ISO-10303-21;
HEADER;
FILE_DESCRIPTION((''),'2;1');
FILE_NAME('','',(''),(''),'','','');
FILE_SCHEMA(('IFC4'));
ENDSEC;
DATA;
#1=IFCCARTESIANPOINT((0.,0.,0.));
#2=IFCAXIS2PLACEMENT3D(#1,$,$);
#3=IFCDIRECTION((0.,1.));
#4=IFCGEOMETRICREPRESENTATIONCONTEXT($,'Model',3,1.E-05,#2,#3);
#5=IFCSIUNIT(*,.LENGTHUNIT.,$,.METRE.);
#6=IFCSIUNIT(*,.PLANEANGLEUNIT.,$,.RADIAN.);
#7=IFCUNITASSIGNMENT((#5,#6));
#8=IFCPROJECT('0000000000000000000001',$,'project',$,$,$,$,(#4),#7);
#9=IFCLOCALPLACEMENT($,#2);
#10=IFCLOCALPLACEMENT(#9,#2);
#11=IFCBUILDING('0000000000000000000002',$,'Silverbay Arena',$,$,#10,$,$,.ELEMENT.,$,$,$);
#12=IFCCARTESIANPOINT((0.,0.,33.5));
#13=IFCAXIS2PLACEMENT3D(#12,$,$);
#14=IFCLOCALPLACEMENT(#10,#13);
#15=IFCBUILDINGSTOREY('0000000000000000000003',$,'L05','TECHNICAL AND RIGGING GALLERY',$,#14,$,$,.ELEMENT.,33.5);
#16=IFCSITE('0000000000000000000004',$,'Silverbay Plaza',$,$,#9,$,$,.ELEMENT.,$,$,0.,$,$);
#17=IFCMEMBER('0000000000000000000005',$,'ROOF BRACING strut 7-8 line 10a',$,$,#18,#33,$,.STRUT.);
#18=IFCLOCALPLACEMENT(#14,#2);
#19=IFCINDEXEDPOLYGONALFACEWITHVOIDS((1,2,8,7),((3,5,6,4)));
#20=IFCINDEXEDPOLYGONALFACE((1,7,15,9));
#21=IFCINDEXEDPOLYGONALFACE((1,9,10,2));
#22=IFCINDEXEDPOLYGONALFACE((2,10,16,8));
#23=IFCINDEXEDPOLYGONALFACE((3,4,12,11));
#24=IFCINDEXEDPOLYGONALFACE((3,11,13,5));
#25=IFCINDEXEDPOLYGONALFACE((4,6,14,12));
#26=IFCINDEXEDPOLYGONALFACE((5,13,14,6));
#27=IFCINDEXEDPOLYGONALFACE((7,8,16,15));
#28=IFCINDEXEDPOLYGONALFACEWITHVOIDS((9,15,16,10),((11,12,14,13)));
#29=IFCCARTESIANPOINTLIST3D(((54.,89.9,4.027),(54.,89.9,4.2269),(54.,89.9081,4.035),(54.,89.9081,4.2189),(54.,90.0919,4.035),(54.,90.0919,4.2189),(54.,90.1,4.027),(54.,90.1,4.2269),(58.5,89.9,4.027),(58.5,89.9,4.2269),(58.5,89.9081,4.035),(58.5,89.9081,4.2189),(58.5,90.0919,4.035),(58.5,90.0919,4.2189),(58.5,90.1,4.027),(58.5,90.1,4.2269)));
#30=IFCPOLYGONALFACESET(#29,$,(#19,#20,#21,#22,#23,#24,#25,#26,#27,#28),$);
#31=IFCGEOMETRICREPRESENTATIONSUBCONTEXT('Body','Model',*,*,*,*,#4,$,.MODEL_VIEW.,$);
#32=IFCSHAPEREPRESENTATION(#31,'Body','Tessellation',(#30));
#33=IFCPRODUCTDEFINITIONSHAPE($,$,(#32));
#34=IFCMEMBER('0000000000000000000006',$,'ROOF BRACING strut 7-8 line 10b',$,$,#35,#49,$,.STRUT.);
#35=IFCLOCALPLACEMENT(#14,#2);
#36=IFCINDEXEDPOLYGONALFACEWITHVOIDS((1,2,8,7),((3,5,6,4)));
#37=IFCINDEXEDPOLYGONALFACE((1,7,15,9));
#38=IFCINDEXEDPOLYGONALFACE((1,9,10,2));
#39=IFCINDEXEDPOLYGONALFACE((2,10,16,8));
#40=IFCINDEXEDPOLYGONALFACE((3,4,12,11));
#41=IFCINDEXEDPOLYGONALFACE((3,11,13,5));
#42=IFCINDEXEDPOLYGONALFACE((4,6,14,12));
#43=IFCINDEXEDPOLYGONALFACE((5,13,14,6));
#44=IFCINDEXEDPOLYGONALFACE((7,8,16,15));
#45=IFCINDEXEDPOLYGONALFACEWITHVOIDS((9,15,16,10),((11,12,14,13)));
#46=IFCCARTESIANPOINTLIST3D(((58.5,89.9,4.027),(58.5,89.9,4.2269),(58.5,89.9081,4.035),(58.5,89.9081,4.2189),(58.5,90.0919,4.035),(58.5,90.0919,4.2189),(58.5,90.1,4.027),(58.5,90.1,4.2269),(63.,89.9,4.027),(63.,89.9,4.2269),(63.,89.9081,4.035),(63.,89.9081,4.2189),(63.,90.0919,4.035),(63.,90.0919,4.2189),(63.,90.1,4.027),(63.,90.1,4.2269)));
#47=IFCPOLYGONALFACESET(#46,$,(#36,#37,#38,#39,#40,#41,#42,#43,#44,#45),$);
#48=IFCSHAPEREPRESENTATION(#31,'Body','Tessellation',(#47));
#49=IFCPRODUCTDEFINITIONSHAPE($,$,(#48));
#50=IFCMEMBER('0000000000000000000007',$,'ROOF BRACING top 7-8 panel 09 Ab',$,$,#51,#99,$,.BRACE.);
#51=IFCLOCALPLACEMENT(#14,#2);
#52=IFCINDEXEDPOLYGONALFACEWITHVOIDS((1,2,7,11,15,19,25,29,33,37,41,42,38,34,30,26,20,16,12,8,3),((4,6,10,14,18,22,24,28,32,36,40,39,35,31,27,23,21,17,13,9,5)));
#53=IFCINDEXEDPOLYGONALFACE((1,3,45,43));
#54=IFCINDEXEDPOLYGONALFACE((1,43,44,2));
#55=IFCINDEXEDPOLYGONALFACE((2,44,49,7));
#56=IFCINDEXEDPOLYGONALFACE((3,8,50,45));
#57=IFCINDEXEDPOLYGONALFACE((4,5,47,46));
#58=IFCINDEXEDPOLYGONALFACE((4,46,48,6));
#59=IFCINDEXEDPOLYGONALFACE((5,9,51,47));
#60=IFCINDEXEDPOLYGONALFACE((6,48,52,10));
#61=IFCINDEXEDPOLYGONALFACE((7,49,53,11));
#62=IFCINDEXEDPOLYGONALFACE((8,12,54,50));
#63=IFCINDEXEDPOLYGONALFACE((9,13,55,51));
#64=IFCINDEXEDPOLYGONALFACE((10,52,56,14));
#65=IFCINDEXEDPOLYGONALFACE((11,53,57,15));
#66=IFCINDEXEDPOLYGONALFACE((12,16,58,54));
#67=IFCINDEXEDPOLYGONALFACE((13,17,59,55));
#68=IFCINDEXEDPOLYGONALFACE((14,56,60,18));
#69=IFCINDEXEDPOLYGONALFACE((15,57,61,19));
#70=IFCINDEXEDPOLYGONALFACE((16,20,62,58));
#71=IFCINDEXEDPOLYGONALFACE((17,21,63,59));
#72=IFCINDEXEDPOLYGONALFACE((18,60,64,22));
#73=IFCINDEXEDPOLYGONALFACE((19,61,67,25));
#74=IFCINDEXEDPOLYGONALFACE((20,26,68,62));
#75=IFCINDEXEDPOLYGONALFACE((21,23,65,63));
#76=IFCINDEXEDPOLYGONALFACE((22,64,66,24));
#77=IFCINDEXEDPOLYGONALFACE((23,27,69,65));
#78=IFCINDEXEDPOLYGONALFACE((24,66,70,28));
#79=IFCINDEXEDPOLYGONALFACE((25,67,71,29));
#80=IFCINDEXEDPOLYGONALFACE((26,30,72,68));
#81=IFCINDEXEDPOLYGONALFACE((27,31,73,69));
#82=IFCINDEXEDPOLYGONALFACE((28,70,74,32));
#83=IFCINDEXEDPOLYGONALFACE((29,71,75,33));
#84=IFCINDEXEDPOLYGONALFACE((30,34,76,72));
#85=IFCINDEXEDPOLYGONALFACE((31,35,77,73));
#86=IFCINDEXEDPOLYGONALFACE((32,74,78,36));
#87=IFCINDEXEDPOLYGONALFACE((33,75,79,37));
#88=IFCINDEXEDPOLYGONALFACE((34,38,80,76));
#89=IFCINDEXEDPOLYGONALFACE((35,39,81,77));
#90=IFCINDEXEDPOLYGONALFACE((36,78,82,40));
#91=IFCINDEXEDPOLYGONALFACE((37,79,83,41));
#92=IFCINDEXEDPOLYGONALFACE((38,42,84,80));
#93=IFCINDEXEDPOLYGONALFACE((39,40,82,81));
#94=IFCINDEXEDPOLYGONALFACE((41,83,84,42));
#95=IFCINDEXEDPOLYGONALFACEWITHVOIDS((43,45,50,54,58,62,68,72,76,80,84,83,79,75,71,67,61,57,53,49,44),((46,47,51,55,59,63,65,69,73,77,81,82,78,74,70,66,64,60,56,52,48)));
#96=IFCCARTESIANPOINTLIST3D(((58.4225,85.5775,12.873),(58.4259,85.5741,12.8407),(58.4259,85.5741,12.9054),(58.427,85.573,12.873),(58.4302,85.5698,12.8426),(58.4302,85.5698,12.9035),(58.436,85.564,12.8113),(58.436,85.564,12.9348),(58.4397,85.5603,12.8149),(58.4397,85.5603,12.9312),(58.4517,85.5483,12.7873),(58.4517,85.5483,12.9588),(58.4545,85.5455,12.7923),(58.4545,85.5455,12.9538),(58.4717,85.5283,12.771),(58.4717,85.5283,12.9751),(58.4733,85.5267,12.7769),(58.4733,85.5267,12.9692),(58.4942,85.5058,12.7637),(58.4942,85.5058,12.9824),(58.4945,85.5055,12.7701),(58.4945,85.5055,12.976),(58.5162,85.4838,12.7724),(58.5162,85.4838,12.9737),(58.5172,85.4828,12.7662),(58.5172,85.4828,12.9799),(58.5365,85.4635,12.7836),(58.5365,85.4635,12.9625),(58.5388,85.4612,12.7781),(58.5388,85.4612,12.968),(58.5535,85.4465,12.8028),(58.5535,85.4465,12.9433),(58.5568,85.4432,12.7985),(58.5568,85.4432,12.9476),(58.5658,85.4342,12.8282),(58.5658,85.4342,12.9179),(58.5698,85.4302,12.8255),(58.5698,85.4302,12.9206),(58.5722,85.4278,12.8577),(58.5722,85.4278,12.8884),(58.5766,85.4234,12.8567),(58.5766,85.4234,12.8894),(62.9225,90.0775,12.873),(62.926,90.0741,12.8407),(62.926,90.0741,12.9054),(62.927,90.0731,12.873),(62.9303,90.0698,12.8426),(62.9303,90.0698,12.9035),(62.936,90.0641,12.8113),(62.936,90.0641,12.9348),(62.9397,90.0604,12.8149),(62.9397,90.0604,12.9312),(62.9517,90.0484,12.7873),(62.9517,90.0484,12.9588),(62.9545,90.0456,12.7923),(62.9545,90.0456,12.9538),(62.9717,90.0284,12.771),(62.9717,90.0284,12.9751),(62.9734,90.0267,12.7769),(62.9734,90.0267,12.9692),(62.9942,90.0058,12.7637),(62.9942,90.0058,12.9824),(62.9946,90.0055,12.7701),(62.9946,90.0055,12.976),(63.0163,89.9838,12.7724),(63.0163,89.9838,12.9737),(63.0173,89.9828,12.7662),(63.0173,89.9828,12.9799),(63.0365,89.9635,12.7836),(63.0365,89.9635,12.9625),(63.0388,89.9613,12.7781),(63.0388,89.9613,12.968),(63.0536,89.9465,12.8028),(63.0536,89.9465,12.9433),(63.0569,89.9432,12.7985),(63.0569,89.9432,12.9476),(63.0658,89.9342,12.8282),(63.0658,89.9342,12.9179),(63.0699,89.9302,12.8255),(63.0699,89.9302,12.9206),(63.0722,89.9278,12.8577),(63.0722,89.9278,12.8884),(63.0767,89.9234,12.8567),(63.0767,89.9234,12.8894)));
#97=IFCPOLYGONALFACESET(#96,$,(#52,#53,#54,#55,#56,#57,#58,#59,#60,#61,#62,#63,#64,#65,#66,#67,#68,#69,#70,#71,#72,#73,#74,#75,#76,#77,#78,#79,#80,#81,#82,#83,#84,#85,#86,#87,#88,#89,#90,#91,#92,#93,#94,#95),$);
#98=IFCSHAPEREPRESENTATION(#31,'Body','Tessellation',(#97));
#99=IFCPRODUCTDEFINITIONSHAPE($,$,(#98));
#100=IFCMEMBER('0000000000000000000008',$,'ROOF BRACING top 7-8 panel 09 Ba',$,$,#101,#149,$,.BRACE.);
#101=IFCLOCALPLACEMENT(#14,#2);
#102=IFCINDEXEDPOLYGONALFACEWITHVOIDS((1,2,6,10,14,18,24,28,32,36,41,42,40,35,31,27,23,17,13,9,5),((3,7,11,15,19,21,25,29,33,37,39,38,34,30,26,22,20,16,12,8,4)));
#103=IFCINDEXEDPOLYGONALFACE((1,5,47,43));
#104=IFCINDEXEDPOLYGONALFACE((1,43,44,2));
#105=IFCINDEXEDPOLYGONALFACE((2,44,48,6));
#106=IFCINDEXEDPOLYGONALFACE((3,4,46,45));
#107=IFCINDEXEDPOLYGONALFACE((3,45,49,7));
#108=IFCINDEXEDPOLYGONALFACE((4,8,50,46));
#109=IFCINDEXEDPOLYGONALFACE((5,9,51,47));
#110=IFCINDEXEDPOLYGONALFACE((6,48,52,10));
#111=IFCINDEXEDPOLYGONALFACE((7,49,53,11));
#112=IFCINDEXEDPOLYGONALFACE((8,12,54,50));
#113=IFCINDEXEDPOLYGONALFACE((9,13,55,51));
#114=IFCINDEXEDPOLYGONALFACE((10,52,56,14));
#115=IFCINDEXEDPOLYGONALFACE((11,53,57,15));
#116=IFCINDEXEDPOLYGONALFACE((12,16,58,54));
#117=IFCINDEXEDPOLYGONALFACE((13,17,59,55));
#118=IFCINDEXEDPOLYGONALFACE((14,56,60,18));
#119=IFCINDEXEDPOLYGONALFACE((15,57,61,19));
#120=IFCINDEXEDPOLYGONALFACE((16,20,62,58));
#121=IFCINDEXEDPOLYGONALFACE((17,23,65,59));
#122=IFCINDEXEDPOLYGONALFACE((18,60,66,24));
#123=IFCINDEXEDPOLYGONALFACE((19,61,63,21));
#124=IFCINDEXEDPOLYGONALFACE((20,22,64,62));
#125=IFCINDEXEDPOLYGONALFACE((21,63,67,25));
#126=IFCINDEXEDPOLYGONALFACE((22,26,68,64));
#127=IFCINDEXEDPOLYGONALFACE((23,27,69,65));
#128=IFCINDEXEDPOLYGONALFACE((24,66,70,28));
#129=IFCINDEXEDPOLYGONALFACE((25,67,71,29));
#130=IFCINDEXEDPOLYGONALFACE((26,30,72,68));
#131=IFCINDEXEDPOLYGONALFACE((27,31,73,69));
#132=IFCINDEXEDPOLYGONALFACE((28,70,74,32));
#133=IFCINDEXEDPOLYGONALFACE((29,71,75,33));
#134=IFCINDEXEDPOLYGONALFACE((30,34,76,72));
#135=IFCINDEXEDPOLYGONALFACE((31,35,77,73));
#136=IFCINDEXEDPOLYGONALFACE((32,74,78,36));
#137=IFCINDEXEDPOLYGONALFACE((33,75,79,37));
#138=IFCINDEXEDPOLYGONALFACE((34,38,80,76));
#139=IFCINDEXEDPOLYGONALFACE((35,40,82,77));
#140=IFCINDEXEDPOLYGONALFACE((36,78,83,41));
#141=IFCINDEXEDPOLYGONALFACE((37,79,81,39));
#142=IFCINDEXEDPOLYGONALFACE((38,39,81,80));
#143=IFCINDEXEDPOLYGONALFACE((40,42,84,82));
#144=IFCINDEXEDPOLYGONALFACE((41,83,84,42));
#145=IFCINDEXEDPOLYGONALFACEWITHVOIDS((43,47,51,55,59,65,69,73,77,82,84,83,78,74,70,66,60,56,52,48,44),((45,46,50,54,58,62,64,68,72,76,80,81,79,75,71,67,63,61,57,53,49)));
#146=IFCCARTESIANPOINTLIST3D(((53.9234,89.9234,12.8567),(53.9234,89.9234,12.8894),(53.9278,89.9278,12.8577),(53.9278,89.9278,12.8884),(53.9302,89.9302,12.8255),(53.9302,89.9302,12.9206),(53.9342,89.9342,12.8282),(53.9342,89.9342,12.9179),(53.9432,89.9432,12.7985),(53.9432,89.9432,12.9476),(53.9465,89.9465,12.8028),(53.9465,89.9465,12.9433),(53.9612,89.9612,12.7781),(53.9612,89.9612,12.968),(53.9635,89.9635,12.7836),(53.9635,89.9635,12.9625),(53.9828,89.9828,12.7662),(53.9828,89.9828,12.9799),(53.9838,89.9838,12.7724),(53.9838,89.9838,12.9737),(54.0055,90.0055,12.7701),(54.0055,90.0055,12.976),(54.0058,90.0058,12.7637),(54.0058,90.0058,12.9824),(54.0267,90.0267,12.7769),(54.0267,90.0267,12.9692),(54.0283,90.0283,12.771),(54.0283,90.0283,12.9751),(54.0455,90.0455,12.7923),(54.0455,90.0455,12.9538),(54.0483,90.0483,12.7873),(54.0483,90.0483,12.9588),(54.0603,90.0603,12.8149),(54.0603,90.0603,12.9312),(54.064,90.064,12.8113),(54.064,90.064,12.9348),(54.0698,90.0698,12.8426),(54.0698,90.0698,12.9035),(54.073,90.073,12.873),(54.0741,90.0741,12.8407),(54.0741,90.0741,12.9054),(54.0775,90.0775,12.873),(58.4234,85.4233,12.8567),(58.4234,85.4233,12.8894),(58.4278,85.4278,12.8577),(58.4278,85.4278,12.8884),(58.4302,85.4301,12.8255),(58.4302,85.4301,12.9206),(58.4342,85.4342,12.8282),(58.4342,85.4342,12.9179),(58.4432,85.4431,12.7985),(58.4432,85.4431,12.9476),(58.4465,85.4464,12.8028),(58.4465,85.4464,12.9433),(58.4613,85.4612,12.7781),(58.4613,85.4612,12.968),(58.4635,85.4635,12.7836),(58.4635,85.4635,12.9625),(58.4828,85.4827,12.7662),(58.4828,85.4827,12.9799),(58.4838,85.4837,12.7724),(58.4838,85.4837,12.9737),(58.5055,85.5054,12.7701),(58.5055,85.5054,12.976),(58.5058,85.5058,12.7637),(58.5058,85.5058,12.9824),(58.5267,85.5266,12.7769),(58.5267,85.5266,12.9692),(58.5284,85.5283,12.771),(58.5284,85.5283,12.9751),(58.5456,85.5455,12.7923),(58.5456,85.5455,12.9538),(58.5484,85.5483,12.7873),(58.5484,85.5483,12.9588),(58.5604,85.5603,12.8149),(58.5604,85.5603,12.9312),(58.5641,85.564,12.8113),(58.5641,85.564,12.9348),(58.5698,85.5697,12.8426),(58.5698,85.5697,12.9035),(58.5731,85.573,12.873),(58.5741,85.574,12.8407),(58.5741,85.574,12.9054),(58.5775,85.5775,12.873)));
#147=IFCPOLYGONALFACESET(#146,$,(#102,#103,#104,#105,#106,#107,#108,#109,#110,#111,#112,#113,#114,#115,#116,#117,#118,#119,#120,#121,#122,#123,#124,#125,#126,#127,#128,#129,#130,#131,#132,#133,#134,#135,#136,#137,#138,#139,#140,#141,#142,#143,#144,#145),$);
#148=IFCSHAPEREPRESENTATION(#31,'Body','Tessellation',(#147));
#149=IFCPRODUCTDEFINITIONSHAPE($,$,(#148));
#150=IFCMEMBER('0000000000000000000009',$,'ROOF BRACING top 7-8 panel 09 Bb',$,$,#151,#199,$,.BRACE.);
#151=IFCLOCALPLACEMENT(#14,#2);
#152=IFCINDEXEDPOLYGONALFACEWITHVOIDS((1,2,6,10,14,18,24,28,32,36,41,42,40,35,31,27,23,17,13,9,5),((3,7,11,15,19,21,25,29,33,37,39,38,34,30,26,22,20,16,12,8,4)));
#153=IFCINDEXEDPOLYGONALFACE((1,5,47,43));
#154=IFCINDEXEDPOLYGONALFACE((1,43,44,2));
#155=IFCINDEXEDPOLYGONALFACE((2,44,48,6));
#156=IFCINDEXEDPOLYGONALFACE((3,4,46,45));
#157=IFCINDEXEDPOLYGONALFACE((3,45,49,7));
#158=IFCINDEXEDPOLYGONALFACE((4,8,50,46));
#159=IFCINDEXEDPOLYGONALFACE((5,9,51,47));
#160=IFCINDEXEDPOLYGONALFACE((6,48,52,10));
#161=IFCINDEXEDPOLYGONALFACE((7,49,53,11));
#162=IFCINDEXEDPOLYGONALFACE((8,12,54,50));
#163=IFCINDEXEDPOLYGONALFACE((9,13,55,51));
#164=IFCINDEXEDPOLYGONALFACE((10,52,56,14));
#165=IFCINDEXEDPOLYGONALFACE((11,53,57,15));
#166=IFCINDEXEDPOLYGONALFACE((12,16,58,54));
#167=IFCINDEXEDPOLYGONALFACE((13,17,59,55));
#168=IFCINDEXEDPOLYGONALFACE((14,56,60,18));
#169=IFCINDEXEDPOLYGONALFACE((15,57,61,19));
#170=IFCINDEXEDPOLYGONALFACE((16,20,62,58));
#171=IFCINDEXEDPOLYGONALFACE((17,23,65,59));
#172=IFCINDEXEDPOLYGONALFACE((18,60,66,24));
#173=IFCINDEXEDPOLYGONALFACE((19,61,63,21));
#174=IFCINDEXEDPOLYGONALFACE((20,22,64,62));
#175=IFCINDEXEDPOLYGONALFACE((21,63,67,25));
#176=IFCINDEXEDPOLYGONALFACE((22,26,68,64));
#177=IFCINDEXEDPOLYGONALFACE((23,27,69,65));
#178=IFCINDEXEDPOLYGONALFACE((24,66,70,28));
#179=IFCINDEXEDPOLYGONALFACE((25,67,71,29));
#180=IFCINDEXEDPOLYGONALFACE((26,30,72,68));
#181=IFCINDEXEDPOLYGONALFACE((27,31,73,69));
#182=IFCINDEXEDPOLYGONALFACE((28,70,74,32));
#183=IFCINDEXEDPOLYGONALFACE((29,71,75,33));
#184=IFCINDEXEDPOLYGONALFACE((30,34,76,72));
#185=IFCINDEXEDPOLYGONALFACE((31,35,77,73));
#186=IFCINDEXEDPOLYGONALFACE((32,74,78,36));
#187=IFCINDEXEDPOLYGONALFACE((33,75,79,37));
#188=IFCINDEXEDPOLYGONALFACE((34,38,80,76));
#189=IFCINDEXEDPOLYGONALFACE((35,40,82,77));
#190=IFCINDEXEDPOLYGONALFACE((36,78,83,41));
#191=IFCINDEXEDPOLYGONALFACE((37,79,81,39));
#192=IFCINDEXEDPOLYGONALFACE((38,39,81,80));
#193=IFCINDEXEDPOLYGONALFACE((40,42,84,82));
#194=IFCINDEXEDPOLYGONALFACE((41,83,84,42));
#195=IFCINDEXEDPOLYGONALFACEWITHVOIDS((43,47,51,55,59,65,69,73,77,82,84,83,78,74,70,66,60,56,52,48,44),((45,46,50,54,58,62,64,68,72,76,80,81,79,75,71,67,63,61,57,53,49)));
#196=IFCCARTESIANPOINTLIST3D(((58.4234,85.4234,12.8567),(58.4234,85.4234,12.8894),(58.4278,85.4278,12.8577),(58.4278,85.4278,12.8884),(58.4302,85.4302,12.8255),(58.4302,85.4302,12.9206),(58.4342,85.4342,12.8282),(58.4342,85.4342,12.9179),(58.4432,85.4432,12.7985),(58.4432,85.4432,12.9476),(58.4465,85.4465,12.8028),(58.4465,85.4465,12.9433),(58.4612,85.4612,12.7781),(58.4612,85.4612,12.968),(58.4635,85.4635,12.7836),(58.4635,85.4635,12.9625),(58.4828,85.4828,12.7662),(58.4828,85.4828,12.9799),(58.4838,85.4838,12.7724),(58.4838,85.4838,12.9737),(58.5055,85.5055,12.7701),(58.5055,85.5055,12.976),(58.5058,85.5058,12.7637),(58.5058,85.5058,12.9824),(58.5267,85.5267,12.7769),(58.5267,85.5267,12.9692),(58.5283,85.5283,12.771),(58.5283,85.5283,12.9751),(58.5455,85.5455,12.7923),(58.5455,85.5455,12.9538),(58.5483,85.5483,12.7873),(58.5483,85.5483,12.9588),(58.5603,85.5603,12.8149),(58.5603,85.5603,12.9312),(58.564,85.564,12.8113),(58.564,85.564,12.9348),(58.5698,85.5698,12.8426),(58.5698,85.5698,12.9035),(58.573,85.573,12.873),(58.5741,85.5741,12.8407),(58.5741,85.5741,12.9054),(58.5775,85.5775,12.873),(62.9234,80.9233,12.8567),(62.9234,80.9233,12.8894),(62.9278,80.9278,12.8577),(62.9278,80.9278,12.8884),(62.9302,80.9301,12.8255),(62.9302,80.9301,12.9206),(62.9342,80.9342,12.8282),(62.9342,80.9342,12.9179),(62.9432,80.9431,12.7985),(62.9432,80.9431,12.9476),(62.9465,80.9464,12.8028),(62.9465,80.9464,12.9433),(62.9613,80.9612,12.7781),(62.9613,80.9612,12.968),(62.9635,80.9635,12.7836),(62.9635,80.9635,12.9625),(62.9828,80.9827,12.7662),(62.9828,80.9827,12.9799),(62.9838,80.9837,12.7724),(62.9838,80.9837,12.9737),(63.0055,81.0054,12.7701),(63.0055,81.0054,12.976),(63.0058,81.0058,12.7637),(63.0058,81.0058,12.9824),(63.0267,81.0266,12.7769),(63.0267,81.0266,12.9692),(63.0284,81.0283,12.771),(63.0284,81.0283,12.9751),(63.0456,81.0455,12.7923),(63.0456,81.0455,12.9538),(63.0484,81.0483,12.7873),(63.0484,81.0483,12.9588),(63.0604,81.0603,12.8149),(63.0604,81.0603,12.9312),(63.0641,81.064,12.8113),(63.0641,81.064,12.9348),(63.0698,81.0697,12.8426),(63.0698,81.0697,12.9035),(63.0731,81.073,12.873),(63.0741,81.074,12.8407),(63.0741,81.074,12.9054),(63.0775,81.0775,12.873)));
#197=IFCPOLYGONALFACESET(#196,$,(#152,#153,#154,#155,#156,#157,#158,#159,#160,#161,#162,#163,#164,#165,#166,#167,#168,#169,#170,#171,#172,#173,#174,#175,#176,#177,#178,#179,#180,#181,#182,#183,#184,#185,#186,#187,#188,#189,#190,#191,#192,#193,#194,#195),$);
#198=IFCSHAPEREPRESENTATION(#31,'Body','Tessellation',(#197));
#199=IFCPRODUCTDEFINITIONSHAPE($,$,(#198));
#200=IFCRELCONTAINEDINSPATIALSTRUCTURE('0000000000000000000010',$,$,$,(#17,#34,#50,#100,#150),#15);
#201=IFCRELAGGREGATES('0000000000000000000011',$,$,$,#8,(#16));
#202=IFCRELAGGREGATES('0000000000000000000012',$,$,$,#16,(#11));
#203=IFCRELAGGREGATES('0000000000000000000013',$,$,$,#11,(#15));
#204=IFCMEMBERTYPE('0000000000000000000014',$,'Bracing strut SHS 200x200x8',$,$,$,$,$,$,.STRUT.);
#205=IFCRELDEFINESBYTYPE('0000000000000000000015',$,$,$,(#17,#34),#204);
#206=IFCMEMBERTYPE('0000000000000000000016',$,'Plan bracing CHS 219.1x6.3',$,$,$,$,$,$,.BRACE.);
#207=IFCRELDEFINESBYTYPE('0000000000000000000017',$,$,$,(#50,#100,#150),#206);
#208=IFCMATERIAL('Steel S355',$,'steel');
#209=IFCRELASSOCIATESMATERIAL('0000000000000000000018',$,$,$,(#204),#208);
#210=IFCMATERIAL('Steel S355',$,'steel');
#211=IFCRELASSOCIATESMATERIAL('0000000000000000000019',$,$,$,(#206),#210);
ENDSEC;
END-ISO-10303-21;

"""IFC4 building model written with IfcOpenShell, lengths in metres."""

from ifc_helpers import new_model, si_unit, direction, frame, origin, origin_2d, place, context, subcontext, project, spatial, hollow_rectangle, hollow_circle, extrude, material, material_profile, profile_set, type_object, element, save


model = new_model("IFC4")

# Units and contexts
model_context = context("Model", 3, precision=1e-05, world=origin(), true_north=direction((0.0, 1.0)))
body_context = subcontext(model_context, "Body", "Model", "MODEL_VIEW")
ifc_project = project(units=[si_unit("LENGTHUNIT", "METRE"), si_unit("PLANEANGLEUNIT", "RADIAN")], contexts=[model_context])

# Site, building, storey
site_placement = place(None, origin())
site = spatial("IfcSite", under=ifc_project, at=site_placement, Name="Silverbay Plaza", CompositionType="ELEMENT", RefElevation=0.0)
building_placement = place(site_placement, origin())
building = spatial("IfcBuilding", under=site, at=building_placement, Name="Silverbay Arena", CompositionType="ELEMENT")
storey_placement = place(building_placement, frame((0.0, 0.0, 33.5)))
storey = spatial("IfcBuildingStorey", under=building, at=storey_placement, Name="L05", Description="TECHNICAL AND RIGGING GALLERY", CompositionType="ELEMENT", Elevation=33.5)

# Members
ifc_material_1 = material(Name="Steel S355", Category="steel")
ifc_material_profile_1 = material_profile(ifc_material_1, hollow_rectangle(XDim=0.2, YDim=0.2, WallThickness=0.0081, at=origin_2d()), Name="SHS 200x200x8")
ifc_profile_set_1 = profile_set([ifc_material_profile_1], Name="Steel S355")
member_type_1 = type_object("IfcMemberType", Name="Bracing strut SHS 200x200x8", PredefinedType="STRUT", material=ifc_profile_set_1)
for number, where, z_axis, x_axis, name in (
    (1, (54.0, 90.0, 4.127), (1.0, 0.0, 0.0), (0.0, 1.0, 0.0), "ROOF BRACING strut 7-8 line 10a"),
    (2, (58.5, 90.0, 4.127), (1.0, 0.0, 0.0), (0.0, 1.0, 0.0), "ROOF BRACING strut 7-8 line 10b"),
):
    element("IfcMember", number, at=place(storey_placement, frame(where, z_axis=z_axis, x_axis=x_axis)), inside=storey, type_object=member_type_1, Name=name, PredefinedType="STRUT", context=body_context, shape_type="SweptSolid", body=[
        extrude(hollow_rectangle(XDim=0.2, YDim=0.2, WallThickness=0.0081, at=origin_2d()), origin(), (0.0, 0.0, 1.0), 4.5),
    ])
ifc_material_2 = material(Name="Steel S355", Category="steel")
ifc_material_profile_2 = material_profile(ifc_material_2, hollow_circle(Radius=0.1096, WallThickness=0.0063, at=origin_2d()), Name="CHS 219.1x6.3")
ifc_profile_set_2 = profile_set([ifc_material_profile_2], Name="Steel S355")
member_type_2 = type_object("IfcMemberType", Name="Plan bracing CHS 219.1x6.3", PredefinedType="BRACE", material=ifc_profile_set_2)
for number, where, z_axis, x_axis, name in (
    (3, (58.5, 85.5, 12.873), (0.707107, 0.707107, 0.0), (-0.707107, 0.707107, 0.0), "ROOF BRACING top 7-8 panel 09 Ab"),
    (4, (54.0, 90.0, 12.873), (0.707107, -0.707107, 0.0), (0.707107, 0.707107, 0.0), "ROOF BRACING top 7-8 panel 09 Ba"),
    (5, (58.5, 85.5, 12.873), (0.707107, -0.707107, 0.0), (0.707107, 0.707107, 0.0), "ROOF BRACING top 7-8 panel 09 Bb"),
):
    element("IfcMember", number, at=place(storey_placement, frame(where, z_axis=z_axis, x_axis=x_axis)), inside=storey, type_object=member_type_2, Name=name, PredefinedType="BRACE", context=body_context, shape_type="SweptSolid", body=[
        extrude(hollow_circle(Radius=0.1096, WallThickness=0.0063, at=origin_2d()), origin(), (0.0, 0.0, 1.0), 6.364),
    ])

save(model, "model.ifc")
